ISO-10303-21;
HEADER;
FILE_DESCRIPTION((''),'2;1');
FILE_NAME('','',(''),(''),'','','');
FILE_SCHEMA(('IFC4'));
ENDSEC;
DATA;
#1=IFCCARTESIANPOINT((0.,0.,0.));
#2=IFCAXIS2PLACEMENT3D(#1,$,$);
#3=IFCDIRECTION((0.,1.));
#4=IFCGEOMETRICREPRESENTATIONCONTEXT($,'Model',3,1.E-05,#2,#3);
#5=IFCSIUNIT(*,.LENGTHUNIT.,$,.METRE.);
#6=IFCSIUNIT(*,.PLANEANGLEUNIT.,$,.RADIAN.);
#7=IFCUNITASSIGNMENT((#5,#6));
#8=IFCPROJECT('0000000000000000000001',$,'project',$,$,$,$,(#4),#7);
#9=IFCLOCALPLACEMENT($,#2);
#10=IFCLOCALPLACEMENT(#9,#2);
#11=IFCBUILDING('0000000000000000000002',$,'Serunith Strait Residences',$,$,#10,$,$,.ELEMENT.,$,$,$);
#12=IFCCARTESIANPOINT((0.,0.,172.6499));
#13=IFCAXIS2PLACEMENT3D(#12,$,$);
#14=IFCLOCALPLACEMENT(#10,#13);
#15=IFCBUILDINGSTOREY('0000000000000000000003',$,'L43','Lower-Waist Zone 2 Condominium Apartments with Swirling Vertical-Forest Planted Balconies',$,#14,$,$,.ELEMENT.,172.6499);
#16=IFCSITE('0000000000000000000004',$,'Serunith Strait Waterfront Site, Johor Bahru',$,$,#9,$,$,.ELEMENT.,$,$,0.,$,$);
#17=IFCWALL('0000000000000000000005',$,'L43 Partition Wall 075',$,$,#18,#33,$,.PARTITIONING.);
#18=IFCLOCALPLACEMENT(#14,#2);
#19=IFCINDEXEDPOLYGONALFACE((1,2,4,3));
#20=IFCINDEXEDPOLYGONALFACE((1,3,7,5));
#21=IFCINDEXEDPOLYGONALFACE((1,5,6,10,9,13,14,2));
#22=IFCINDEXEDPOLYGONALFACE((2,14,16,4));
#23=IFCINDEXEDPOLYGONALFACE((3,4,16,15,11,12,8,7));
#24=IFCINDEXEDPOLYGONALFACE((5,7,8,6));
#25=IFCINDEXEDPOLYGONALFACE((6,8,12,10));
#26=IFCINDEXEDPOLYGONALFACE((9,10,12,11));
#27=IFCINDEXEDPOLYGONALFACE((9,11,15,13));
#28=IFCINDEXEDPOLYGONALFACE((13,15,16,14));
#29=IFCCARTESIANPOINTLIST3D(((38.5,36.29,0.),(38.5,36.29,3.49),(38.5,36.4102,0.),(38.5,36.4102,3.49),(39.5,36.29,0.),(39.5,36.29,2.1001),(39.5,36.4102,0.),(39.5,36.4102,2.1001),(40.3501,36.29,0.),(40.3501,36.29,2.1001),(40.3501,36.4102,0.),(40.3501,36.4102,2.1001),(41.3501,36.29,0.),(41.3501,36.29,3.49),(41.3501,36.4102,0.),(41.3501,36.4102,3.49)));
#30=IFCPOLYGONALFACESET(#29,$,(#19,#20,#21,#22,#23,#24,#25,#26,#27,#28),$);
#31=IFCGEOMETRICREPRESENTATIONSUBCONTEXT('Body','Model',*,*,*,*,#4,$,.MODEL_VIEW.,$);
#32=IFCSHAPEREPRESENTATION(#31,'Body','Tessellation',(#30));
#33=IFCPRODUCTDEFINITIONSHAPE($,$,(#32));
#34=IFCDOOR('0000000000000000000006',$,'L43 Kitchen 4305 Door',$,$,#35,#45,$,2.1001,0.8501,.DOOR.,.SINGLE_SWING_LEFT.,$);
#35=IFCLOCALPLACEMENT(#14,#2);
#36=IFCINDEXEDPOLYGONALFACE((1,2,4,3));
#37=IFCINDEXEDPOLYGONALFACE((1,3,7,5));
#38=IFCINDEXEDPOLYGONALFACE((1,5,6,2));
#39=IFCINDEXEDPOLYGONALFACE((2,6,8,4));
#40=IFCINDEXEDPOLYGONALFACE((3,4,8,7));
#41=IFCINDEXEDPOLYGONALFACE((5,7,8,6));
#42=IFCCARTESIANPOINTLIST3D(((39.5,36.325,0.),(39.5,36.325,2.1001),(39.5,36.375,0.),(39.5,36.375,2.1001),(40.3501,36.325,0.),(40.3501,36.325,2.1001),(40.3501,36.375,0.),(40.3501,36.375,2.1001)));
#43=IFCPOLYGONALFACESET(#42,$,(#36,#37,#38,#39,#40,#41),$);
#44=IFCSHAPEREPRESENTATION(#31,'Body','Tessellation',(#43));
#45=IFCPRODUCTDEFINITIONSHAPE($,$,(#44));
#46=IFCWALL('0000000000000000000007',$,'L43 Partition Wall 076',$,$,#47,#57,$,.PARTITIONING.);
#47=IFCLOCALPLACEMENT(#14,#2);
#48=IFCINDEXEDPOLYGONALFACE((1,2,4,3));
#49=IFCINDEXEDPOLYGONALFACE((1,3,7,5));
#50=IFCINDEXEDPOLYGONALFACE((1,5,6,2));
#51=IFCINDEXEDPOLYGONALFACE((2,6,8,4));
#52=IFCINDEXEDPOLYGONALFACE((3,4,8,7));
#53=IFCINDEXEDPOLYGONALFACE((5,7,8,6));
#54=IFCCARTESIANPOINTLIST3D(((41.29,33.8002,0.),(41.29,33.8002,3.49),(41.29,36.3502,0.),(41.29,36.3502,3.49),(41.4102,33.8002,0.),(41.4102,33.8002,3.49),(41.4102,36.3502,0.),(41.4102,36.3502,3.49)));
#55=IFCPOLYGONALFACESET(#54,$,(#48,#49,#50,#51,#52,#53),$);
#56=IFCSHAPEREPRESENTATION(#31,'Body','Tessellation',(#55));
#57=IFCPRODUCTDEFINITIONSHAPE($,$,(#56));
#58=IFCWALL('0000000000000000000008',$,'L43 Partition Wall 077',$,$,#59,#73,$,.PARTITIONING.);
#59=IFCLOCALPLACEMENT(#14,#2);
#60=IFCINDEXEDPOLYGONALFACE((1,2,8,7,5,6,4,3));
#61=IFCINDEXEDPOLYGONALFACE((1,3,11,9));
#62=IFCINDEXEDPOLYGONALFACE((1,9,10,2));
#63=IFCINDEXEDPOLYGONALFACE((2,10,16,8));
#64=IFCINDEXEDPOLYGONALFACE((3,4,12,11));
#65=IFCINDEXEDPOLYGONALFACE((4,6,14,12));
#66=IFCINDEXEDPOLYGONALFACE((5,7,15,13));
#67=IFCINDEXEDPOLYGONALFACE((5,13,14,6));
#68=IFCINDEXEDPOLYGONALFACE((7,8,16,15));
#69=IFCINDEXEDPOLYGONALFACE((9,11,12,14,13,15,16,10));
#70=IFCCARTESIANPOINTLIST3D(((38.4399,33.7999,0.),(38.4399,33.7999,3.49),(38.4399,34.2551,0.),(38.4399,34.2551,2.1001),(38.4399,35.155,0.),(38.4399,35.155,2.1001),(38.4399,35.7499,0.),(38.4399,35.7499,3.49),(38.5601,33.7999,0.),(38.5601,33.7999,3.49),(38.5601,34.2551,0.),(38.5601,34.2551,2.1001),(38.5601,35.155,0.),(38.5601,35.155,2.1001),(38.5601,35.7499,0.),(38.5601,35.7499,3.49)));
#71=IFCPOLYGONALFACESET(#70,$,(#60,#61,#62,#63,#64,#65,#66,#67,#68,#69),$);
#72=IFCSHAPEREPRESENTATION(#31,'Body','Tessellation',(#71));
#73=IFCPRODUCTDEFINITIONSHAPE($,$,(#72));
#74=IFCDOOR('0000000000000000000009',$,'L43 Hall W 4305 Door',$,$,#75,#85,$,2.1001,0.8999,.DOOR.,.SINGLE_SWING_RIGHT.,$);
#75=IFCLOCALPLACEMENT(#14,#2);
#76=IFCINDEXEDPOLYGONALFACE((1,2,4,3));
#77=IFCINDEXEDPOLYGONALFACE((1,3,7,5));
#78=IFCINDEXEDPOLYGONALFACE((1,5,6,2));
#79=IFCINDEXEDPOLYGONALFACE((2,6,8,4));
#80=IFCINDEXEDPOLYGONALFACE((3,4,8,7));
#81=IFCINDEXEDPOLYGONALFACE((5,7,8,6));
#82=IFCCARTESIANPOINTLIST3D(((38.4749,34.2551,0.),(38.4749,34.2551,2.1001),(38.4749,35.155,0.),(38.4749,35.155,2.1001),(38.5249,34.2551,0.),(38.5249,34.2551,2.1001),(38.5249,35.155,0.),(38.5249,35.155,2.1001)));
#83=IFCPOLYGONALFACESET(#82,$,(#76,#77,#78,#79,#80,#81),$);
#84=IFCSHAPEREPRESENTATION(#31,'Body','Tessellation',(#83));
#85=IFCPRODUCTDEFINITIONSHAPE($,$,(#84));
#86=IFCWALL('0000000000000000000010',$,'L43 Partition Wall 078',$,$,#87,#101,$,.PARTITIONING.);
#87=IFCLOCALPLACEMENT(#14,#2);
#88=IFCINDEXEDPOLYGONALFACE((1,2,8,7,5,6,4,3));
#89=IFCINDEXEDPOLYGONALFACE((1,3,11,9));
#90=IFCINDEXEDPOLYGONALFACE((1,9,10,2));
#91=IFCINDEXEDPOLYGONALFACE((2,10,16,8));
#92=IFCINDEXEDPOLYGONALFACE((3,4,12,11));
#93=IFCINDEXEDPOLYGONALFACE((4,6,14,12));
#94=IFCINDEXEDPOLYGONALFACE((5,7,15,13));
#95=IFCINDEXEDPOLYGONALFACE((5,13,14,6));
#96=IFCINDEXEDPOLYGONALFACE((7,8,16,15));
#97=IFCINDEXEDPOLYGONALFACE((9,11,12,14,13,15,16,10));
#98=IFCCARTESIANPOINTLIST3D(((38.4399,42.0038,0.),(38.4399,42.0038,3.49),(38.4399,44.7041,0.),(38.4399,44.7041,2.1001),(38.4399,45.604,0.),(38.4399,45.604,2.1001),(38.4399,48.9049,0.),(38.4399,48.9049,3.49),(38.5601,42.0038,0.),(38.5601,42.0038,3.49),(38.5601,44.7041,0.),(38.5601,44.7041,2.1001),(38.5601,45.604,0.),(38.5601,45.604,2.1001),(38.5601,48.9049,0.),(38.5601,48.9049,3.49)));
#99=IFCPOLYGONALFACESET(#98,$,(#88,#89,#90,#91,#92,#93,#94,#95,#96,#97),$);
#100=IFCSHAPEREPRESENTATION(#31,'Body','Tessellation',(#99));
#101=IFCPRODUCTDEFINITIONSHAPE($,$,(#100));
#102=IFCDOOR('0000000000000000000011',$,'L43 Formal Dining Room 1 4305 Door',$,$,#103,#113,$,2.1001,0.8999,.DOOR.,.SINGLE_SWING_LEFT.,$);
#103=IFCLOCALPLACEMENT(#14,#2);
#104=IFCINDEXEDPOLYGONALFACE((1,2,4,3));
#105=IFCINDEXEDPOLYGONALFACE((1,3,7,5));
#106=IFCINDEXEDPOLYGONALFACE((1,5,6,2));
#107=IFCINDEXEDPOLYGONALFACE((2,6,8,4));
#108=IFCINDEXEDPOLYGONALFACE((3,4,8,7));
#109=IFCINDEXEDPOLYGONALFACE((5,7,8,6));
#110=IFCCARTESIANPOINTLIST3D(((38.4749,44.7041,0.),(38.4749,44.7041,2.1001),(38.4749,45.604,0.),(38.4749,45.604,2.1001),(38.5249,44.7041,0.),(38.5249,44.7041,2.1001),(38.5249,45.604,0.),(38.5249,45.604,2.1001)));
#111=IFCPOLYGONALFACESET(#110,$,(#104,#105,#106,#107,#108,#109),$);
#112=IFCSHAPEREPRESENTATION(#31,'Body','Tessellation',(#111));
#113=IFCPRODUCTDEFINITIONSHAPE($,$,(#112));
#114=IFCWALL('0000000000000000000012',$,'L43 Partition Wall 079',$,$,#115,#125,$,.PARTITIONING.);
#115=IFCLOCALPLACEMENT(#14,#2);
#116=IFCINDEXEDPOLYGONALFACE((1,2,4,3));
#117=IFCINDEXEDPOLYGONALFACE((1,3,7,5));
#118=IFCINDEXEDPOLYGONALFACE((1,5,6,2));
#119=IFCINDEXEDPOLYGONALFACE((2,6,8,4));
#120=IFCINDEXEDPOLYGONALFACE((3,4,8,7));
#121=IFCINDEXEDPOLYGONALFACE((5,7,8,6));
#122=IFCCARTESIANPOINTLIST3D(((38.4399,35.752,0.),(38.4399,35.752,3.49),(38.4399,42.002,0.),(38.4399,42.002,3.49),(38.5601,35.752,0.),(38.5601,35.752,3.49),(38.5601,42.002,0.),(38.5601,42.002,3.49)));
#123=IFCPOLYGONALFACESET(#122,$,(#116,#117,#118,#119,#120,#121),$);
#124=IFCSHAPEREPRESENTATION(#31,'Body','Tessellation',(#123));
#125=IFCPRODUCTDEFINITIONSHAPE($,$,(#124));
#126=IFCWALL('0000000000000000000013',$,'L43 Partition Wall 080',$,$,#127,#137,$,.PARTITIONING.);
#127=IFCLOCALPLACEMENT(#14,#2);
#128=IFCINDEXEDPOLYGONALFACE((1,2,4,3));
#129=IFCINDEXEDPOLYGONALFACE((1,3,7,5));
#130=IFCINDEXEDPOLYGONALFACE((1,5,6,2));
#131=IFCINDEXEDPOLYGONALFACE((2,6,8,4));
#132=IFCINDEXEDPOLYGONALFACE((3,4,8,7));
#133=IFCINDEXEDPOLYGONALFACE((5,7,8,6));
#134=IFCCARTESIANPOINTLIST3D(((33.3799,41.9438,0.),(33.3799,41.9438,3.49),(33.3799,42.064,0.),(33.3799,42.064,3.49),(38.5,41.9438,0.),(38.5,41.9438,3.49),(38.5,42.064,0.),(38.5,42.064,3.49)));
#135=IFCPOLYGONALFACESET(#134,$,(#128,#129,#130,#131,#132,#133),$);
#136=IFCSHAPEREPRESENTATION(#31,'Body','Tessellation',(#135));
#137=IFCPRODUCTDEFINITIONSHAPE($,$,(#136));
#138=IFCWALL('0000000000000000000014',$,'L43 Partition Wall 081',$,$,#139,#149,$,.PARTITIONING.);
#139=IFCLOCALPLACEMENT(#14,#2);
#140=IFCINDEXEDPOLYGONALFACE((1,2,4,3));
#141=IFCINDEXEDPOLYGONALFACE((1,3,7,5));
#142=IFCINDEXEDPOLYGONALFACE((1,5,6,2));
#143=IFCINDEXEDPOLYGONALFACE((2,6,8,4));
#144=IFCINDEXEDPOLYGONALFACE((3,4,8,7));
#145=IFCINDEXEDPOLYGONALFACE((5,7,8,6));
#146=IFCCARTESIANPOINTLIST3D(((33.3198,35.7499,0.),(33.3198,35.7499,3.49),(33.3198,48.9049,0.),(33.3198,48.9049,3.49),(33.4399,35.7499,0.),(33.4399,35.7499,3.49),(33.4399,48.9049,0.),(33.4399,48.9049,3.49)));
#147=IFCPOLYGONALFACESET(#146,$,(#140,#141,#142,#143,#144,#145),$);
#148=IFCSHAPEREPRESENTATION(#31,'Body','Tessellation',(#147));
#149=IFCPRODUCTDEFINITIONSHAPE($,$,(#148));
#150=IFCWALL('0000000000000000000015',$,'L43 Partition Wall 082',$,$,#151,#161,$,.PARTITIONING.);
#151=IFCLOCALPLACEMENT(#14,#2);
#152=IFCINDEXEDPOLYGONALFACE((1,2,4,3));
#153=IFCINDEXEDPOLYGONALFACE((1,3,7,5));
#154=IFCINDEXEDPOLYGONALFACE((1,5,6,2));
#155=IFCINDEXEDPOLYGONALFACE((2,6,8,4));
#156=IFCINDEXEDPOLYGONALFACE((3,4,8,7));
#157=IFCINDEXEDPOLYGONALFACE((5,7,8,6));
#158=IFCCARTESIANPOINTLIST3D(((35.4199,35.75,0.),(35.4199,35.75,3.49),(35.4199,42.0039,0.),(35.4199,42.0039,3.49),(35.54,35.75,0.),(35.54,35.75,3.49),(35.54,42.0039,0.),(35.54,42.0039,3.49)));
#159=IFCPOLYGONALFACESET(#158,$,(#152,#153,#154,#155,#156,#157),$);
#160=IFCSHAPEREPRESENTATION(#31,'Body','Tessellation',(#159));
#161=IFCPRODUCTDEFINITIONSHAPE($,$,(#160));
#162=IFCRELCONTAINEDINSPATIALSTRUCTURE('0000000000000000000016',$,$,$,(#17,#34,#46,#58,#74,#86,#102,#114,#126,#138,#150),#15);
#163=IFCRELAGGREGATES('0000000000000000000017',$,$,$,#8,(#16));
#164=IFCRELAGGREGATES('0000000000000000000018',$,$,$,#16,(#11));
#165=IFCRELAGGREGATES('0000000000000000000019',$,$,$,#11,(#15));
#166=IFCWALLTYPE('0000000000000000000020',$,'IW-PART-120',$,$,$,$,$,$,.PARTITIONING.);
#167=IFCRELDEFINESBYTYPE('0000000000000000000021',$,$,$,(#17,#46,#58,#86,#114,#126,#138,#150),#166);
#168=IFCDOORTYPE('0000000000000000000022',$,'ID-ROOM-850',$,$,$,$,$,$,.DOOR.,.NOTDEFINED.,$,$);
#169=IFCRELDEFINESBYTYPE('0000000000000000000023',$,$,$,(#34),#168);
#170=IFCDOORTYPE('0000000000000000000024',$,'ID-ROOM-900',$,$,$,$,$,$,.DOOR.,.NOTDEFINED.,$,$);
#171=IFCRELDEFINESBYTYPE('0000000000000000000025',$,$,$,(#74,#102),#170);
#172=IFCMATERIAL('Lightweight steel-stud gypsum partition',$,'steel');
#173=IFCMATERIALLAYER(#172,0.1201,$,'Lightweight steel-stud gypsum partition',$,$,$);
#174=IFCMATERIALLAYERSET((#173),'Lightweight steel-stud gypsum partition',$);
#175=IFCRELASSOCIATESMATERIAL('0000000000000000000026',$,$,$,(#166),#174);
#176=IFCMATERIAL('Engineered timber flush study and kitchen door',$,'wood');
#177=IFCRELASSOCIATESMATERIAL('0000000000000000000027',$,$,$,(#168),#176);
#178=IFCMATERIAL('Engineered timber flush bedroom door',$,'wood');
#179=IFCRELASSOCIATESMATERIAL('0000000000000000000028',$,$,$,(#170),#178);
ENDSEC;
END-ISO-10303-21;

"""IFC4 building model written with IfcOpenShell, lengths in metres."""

from ifc_helpers import new_model, si_unit, direction, frame, frame_2d, origin, place, context, subcontext, project, spatial, rectangle, extrude, source, transform, mapped, material, layer, layer_set, type_object, element, fill, save


model = new_model("IFC4")

# Units and contexts
model_context = context("Model", 3, precision=1e-05, world=origin(), true_north=direction((0.0, 1.0)))
body_context = subcontext(model_context, "Body", "Model", "MODEL_VIEW")
ifc_project = project(units=[si_unit("LENGTHUNIT", "METRE"), si_unit("PLANEANGLEUNIT", "RADIAN")], contexts=[model_context])

# Site, building, storey
site_placement = place(None, origin())
site = spatial("IfcSite", under=ifc_project, at=site_placement, Name="Serunith Strait Waterfront Site, Johor Bahru", CompositionType="ELEMENT", RefElevation=0.0)
building_placement = place(site_placement, origin())
building = spatial("IfcBuilding", under=site, at=building_placement, Name="Serunith Strait Residences", CompositionType="ELEMENT")
storey_placement = place(building_placement, frame((0.0, 0.0, 172.6499)))
storey = spatial("IfcBuildingStorey", under=building, at=storey_placement, Name="L43", Description="Lower-Waist Zone 2 Condominium Apartments with Swirling Vertical-Forest Planted Balconies", CompositionType="ELEMENT", Elevation=172.6499)

# Wall, opening, door
ifc_material_1 = material(Name="Lightweight steel-stud gypsum partition", Category="steel")
ifc_layer_1 = layer(ifc_material_1, 0.1201, Name="Lightweight steel-stud gypsum partition")
ifc_layer_set_1 = layer_set([ifc_layer_1], Name="Lightweight steel-stud gypsum partition")
wall_type = type_object("IfcWallType", Name="IW-PART-120", PredefinedType="PARTITIONING", material=ifc_layer_set_1)
wall_1_placement = place(storey_placement, frame((38.5, 36.3501, 0.0), z_axis=(0.0, 0.0, 1.0), x_axis=(1.0, 0.0, 0.0)))
wall_1 = element("IfcWall", 1, at=wall_1_placement, inside=storey, type_object=wall_type, Name="L43 Partition Wall 075", PredefinedType="PARTITIONING", context=body_context, shape_type="SweptSolid", body=[
    extrude(rectangle(XDim=2.8501, YDim=0.1201, at=frame_2d((1.425, 0.0))), origin(), (0.0, 0.0, 1.0), 3.49),
])
opening_1_placement = place(wall_1_placement, frame((1.0, 0.0, 0.0)))
opening_1 = element("IfcOpeningElement", 2, at=opening_1_placement, cuts=wall_1, PredefinedType="OPENING", context=body_context, shape_type="SweptSolid", body=[
    extrude(rectangle(XDim=0.8501, YDim=2.1001, at=frame_2d((0.425, 1.05))), frame((0.0, 0.0701, 0.0), z_axis=(0.0, -1.0, 0.0), x_axis=(1.0, 0.0, 0.0)), (0.0, 0.0, 1.0), 0.1401),
])
ifc_material_2 = material(Name="Engineered timber flush study and kitchen door", Category="wood")
door_type_1 = type_object("IfcDoorType", Name="ID-ROOM-850", OperationType="NOTDEFINED", PredefinedType="DOOR", material=ifc_material_2)
shared_shape_1 = source(origin(), body_context, "Body", "SweptSolid", [
    extrude(rectangle(XDim=0.8501, YDim=2.1001, at=frame_2d((0.425, 1.05))), frame((0.0, 0.0249, 0.0), z_axis=(0.0, -1.0, 0.0), x_axis=(1.0, 0.0, 0.0)), (0.0, 0.0, 1.0), 0.05),
])
door_1_placement = place(opening_1_placement, origin())
door_1 = element("IfcDoor", 3, at=door_1_placement, inside=storey, type_object=door_type_1, Name="L43 Kitchen 4305 Door", OperationType="SINGLE_SWING_LEFT", OverallHeight=2.1001, OverallWidth=0.8501, PredefinedType="DOOR", context=body_context, shape_type="MappedRepresentation", body=[
    mapped(shared_shape_1, transform((0.0, 0.0, 0.0), scale=1.0)),
])
fill(opening_1, door_1)

# Wall
wall_2_placement = place(storey_placement, frame((41.3501, 36.3501, 0.0), z_axis=(0.0, 0.0, 1.0), x_axis=(0.0, -1.0, 0.0)))
element("IfcWall", 4, at=wall_2_placement, inside=storey, type_object=wall_type, Name="L43 Partition Wall 076", PredefinedType="PARTITIONING", context=body_context, shape_type="SweptSolid", body=[
    extrude(rectangle(XDim=2.55, YDim=0.1201, at=frame_2d((1.2749, 0.0))), origin(), (0.0, 0.0, 1.0), 3.49),
])

# Walls, openings, doors
wall_3_placement = place(storey_placement, frame((38.5, 35.75, 0.0), z_axis=(0.0, 0.0, 1.0), x_axis=(0.0, -1.0, 0.0)))
wall_3 = element("IfcWall", 5, at=wall_3_placement, inside=storey, type_object=wall_type, Name="L43 Partition Wall 077", PredefinedType="PARTITIONING", context=body_context, shape_type="SweptSolid", body=[
    extrude(rectangle(XDim=1.95, YDim=0.1201, at=frame_2d((0.9751, 0.0))), origin(), (0.0, 0.0, 1.0), 3.49),
])
opening_2_placement = place(wall_3_placement, frame((0.595, 0.0, 0.0)))
opening_2 = element("IfcOpeningElement", 6, at=opening_2_placement, cuts=wall_3, PredefinedType="OPENING", context=body_context, shape_type="SweptSolid", body=[
    extrude(rectangle(XDim=0.8999, YDim=2.1001, at=frame_2d((0.45, 1.05))), frame((0.0, 0.0701, 0.0), z_axis=(0.0, -1.0, 0.0), x_axis=(1.0, 0.0, 0.0)), (0.0, 0.0, 1.0), 0.1401),
])
ifc_material_3 = material(Name="Engineered timber flush bedroom door", Category="wood")
door_type_2 = type_object("IfcDoorType", Name="ID-ROOM-900", OperationType="NOTDEFINED", PredefinedType="DOOR", material=ifc_material_3)
shared_shape_2 = source(origin(), body_context, "Body", "SweptSolid", [
    extrude(rectangle(XDim=0.8999, YDim=2.1001, at=frame_2d((0.45, 1.05))), frame((0.0, 0.0249, 0.0), z_axis=(0.0, -1.0, 0.0), x_axis=(1.0, 0.0, 0.0)), (0.0, 0.0, 1.0), 0.05),
])
door_2_placement = place(opening_2_placement, origin())
door_2 = element("IfcDoor", 7, at=door_2_placement, inside=storey, type_object=door_type_2, Name="L43 Hall W 4305 Door", OperationType="SINGLE_SWING_RIGHT", OverallHeight=2.1001, OverallWidth=0.8999, PredefinedType="DOOR", context=body_context, shape_type="MappedRepresentation", body=[
    mapped(shared_shape_2, transform((0.0, 0.0, 0.0), scale=1.0)),
])
fill(opening_2, door_2)
wall_4_placement = place(storey_placement, frame((38.5, 48.905, 0.0), z_axis=(0.0, 0.0, 1.0), x_axis=(0.0, -1.0, 0.0)))
wall_4 = element("IfcWall", 8, at=wall_4_placement, inside=storey, type_object=wall_type, Name="L43 Partition Wall 078", PredefinedType="PARTITIONING", context=body_context, shape_type="SweptSolid", body=[
    extrude(rectangle(XDim=6.9011, YDim=0.1201, at=frame_2d((3.4507, 0.0))), origin(), (0.0, 0.0, 1.0), 3.49),
])
opening_3_placement = place(wall_4_placement, frame((3.301, 0.0, 0.0)))
opening_3 = element("IfcOpeningElement", 9, at=opening_3_placement, cuts=wall_4, PredefinedType="OPENING", context=body_context, shape_type="SweptSolid", body=[
    extrude(rectangle(XDim=0.8999, YDim=2.1001, at=frame_2d((0.45, 1.05))), frame((0.0, 0.0701, 0.0), z_axis=(0.0, -1.0, 0.0), x_axis=(1.0, 0.0, 0.0)), (0.0, 0.0, 1.0), 0.1401),
])
door_3_placement = place(opening_3_placement, origin())
door_3 = element("IfcDoor", 10, at=door_3_placement, inside=storey, type_object=door_type_2, Name="L43 Formal Dining Room 1 4305 Door", OperationType="SINGLE_SWING_LEFT", OverallHeight=2.1001, OverallWidth=0.8999, PredefinedType="DOOR", context=body_context, shape_type="MappedRepresentation", body=[
    mapped(shared_shape_2, transform((0.0, 0.0, 0.0), scale=1.0)),
])
fill(opening_3, door_3)

# Walls
wall_5_placement = place(storey_placement, frame((38.5, 42.002, 0.0), z_axis=(0.0, 0.0, 1.0), x_axis=(0.0, -1.0, 0.0)))
element("IfcWall", 11, at=wall_5_placement, inside=storey, type_object=wall_type, Name="L43 Partition Wall 079", PredefinedType="PARTITIONING", context=body_context, shape_type="SweptSolid", body=[
    extrude(rectangle(XDim=6.25, YDim=0.1201, at=frame_2d((3.125, 0.0))), origin(), (0.0, 0.0, 1.0), 3.49),
])
wall_6_placement = place(storey_placement, frame((33.3799, 42.0039, 0.0), z_axis=(0.0, 0.0, 1.0), x_axis=(1.0, 0.0, 0.0)))
element("IfcWall", 12, at=wall_6_placement, inside=storey, type_object=wall_type, Name="L43 Partition Wall 080", PredefinedType="PARTITIONING", context=body_context, shape_type="SweptSolid", body=[
    extrude(rectangle(XDim=5.1201, YDim=0.1201, at=frame_2d((2.5601, 0.0))), origin(), (0.0, 0.0, 1.0), 3.49),
])
wall_7_placement = place(storey_placement, frame((33.3799, 48.905, 0.0), z_axis=(0.0, 0.0, 1.0), x_axis=(0.0, -1.0, 0.0)))
element("IfcWall", 13, at=wall_7_placement, inside=storey, type_object=wall_type, Name="L43 Partition Wall 081", PredefinedType="PARTITIONING", context=body_context, shape_type="SweptSolid", body=[
    extrude(rectangle(XDim=13.155, YDim=0.1201, at=frame_2d((6.5776, 0.0))), origin(), (0.0, 0.0, 1.0), 3.49),
])
wall_8_placement = place(storey_placement, frame((35.48, 42.0039, 0.0), z_axis=(0.0, 0.0, 1.0), x_axis=(0.0, -1.0, 0.0)))
element("IfcWall", 14, at=wall_8_placement, inside=storey, type_object=wall_type, Name="L43 Partition Wall 082", PredefinedType="PARTITIONING", context=body_context, shape_type="SweptSolid", body=[
    extrude(rectangle(XDim=6.2539, YDim=0.1201, at=frame_2d((3.127, 0.0))), origin(), (0.0, 0.0, 1.0), 3.49),
])

save(model, "model.ifc")
